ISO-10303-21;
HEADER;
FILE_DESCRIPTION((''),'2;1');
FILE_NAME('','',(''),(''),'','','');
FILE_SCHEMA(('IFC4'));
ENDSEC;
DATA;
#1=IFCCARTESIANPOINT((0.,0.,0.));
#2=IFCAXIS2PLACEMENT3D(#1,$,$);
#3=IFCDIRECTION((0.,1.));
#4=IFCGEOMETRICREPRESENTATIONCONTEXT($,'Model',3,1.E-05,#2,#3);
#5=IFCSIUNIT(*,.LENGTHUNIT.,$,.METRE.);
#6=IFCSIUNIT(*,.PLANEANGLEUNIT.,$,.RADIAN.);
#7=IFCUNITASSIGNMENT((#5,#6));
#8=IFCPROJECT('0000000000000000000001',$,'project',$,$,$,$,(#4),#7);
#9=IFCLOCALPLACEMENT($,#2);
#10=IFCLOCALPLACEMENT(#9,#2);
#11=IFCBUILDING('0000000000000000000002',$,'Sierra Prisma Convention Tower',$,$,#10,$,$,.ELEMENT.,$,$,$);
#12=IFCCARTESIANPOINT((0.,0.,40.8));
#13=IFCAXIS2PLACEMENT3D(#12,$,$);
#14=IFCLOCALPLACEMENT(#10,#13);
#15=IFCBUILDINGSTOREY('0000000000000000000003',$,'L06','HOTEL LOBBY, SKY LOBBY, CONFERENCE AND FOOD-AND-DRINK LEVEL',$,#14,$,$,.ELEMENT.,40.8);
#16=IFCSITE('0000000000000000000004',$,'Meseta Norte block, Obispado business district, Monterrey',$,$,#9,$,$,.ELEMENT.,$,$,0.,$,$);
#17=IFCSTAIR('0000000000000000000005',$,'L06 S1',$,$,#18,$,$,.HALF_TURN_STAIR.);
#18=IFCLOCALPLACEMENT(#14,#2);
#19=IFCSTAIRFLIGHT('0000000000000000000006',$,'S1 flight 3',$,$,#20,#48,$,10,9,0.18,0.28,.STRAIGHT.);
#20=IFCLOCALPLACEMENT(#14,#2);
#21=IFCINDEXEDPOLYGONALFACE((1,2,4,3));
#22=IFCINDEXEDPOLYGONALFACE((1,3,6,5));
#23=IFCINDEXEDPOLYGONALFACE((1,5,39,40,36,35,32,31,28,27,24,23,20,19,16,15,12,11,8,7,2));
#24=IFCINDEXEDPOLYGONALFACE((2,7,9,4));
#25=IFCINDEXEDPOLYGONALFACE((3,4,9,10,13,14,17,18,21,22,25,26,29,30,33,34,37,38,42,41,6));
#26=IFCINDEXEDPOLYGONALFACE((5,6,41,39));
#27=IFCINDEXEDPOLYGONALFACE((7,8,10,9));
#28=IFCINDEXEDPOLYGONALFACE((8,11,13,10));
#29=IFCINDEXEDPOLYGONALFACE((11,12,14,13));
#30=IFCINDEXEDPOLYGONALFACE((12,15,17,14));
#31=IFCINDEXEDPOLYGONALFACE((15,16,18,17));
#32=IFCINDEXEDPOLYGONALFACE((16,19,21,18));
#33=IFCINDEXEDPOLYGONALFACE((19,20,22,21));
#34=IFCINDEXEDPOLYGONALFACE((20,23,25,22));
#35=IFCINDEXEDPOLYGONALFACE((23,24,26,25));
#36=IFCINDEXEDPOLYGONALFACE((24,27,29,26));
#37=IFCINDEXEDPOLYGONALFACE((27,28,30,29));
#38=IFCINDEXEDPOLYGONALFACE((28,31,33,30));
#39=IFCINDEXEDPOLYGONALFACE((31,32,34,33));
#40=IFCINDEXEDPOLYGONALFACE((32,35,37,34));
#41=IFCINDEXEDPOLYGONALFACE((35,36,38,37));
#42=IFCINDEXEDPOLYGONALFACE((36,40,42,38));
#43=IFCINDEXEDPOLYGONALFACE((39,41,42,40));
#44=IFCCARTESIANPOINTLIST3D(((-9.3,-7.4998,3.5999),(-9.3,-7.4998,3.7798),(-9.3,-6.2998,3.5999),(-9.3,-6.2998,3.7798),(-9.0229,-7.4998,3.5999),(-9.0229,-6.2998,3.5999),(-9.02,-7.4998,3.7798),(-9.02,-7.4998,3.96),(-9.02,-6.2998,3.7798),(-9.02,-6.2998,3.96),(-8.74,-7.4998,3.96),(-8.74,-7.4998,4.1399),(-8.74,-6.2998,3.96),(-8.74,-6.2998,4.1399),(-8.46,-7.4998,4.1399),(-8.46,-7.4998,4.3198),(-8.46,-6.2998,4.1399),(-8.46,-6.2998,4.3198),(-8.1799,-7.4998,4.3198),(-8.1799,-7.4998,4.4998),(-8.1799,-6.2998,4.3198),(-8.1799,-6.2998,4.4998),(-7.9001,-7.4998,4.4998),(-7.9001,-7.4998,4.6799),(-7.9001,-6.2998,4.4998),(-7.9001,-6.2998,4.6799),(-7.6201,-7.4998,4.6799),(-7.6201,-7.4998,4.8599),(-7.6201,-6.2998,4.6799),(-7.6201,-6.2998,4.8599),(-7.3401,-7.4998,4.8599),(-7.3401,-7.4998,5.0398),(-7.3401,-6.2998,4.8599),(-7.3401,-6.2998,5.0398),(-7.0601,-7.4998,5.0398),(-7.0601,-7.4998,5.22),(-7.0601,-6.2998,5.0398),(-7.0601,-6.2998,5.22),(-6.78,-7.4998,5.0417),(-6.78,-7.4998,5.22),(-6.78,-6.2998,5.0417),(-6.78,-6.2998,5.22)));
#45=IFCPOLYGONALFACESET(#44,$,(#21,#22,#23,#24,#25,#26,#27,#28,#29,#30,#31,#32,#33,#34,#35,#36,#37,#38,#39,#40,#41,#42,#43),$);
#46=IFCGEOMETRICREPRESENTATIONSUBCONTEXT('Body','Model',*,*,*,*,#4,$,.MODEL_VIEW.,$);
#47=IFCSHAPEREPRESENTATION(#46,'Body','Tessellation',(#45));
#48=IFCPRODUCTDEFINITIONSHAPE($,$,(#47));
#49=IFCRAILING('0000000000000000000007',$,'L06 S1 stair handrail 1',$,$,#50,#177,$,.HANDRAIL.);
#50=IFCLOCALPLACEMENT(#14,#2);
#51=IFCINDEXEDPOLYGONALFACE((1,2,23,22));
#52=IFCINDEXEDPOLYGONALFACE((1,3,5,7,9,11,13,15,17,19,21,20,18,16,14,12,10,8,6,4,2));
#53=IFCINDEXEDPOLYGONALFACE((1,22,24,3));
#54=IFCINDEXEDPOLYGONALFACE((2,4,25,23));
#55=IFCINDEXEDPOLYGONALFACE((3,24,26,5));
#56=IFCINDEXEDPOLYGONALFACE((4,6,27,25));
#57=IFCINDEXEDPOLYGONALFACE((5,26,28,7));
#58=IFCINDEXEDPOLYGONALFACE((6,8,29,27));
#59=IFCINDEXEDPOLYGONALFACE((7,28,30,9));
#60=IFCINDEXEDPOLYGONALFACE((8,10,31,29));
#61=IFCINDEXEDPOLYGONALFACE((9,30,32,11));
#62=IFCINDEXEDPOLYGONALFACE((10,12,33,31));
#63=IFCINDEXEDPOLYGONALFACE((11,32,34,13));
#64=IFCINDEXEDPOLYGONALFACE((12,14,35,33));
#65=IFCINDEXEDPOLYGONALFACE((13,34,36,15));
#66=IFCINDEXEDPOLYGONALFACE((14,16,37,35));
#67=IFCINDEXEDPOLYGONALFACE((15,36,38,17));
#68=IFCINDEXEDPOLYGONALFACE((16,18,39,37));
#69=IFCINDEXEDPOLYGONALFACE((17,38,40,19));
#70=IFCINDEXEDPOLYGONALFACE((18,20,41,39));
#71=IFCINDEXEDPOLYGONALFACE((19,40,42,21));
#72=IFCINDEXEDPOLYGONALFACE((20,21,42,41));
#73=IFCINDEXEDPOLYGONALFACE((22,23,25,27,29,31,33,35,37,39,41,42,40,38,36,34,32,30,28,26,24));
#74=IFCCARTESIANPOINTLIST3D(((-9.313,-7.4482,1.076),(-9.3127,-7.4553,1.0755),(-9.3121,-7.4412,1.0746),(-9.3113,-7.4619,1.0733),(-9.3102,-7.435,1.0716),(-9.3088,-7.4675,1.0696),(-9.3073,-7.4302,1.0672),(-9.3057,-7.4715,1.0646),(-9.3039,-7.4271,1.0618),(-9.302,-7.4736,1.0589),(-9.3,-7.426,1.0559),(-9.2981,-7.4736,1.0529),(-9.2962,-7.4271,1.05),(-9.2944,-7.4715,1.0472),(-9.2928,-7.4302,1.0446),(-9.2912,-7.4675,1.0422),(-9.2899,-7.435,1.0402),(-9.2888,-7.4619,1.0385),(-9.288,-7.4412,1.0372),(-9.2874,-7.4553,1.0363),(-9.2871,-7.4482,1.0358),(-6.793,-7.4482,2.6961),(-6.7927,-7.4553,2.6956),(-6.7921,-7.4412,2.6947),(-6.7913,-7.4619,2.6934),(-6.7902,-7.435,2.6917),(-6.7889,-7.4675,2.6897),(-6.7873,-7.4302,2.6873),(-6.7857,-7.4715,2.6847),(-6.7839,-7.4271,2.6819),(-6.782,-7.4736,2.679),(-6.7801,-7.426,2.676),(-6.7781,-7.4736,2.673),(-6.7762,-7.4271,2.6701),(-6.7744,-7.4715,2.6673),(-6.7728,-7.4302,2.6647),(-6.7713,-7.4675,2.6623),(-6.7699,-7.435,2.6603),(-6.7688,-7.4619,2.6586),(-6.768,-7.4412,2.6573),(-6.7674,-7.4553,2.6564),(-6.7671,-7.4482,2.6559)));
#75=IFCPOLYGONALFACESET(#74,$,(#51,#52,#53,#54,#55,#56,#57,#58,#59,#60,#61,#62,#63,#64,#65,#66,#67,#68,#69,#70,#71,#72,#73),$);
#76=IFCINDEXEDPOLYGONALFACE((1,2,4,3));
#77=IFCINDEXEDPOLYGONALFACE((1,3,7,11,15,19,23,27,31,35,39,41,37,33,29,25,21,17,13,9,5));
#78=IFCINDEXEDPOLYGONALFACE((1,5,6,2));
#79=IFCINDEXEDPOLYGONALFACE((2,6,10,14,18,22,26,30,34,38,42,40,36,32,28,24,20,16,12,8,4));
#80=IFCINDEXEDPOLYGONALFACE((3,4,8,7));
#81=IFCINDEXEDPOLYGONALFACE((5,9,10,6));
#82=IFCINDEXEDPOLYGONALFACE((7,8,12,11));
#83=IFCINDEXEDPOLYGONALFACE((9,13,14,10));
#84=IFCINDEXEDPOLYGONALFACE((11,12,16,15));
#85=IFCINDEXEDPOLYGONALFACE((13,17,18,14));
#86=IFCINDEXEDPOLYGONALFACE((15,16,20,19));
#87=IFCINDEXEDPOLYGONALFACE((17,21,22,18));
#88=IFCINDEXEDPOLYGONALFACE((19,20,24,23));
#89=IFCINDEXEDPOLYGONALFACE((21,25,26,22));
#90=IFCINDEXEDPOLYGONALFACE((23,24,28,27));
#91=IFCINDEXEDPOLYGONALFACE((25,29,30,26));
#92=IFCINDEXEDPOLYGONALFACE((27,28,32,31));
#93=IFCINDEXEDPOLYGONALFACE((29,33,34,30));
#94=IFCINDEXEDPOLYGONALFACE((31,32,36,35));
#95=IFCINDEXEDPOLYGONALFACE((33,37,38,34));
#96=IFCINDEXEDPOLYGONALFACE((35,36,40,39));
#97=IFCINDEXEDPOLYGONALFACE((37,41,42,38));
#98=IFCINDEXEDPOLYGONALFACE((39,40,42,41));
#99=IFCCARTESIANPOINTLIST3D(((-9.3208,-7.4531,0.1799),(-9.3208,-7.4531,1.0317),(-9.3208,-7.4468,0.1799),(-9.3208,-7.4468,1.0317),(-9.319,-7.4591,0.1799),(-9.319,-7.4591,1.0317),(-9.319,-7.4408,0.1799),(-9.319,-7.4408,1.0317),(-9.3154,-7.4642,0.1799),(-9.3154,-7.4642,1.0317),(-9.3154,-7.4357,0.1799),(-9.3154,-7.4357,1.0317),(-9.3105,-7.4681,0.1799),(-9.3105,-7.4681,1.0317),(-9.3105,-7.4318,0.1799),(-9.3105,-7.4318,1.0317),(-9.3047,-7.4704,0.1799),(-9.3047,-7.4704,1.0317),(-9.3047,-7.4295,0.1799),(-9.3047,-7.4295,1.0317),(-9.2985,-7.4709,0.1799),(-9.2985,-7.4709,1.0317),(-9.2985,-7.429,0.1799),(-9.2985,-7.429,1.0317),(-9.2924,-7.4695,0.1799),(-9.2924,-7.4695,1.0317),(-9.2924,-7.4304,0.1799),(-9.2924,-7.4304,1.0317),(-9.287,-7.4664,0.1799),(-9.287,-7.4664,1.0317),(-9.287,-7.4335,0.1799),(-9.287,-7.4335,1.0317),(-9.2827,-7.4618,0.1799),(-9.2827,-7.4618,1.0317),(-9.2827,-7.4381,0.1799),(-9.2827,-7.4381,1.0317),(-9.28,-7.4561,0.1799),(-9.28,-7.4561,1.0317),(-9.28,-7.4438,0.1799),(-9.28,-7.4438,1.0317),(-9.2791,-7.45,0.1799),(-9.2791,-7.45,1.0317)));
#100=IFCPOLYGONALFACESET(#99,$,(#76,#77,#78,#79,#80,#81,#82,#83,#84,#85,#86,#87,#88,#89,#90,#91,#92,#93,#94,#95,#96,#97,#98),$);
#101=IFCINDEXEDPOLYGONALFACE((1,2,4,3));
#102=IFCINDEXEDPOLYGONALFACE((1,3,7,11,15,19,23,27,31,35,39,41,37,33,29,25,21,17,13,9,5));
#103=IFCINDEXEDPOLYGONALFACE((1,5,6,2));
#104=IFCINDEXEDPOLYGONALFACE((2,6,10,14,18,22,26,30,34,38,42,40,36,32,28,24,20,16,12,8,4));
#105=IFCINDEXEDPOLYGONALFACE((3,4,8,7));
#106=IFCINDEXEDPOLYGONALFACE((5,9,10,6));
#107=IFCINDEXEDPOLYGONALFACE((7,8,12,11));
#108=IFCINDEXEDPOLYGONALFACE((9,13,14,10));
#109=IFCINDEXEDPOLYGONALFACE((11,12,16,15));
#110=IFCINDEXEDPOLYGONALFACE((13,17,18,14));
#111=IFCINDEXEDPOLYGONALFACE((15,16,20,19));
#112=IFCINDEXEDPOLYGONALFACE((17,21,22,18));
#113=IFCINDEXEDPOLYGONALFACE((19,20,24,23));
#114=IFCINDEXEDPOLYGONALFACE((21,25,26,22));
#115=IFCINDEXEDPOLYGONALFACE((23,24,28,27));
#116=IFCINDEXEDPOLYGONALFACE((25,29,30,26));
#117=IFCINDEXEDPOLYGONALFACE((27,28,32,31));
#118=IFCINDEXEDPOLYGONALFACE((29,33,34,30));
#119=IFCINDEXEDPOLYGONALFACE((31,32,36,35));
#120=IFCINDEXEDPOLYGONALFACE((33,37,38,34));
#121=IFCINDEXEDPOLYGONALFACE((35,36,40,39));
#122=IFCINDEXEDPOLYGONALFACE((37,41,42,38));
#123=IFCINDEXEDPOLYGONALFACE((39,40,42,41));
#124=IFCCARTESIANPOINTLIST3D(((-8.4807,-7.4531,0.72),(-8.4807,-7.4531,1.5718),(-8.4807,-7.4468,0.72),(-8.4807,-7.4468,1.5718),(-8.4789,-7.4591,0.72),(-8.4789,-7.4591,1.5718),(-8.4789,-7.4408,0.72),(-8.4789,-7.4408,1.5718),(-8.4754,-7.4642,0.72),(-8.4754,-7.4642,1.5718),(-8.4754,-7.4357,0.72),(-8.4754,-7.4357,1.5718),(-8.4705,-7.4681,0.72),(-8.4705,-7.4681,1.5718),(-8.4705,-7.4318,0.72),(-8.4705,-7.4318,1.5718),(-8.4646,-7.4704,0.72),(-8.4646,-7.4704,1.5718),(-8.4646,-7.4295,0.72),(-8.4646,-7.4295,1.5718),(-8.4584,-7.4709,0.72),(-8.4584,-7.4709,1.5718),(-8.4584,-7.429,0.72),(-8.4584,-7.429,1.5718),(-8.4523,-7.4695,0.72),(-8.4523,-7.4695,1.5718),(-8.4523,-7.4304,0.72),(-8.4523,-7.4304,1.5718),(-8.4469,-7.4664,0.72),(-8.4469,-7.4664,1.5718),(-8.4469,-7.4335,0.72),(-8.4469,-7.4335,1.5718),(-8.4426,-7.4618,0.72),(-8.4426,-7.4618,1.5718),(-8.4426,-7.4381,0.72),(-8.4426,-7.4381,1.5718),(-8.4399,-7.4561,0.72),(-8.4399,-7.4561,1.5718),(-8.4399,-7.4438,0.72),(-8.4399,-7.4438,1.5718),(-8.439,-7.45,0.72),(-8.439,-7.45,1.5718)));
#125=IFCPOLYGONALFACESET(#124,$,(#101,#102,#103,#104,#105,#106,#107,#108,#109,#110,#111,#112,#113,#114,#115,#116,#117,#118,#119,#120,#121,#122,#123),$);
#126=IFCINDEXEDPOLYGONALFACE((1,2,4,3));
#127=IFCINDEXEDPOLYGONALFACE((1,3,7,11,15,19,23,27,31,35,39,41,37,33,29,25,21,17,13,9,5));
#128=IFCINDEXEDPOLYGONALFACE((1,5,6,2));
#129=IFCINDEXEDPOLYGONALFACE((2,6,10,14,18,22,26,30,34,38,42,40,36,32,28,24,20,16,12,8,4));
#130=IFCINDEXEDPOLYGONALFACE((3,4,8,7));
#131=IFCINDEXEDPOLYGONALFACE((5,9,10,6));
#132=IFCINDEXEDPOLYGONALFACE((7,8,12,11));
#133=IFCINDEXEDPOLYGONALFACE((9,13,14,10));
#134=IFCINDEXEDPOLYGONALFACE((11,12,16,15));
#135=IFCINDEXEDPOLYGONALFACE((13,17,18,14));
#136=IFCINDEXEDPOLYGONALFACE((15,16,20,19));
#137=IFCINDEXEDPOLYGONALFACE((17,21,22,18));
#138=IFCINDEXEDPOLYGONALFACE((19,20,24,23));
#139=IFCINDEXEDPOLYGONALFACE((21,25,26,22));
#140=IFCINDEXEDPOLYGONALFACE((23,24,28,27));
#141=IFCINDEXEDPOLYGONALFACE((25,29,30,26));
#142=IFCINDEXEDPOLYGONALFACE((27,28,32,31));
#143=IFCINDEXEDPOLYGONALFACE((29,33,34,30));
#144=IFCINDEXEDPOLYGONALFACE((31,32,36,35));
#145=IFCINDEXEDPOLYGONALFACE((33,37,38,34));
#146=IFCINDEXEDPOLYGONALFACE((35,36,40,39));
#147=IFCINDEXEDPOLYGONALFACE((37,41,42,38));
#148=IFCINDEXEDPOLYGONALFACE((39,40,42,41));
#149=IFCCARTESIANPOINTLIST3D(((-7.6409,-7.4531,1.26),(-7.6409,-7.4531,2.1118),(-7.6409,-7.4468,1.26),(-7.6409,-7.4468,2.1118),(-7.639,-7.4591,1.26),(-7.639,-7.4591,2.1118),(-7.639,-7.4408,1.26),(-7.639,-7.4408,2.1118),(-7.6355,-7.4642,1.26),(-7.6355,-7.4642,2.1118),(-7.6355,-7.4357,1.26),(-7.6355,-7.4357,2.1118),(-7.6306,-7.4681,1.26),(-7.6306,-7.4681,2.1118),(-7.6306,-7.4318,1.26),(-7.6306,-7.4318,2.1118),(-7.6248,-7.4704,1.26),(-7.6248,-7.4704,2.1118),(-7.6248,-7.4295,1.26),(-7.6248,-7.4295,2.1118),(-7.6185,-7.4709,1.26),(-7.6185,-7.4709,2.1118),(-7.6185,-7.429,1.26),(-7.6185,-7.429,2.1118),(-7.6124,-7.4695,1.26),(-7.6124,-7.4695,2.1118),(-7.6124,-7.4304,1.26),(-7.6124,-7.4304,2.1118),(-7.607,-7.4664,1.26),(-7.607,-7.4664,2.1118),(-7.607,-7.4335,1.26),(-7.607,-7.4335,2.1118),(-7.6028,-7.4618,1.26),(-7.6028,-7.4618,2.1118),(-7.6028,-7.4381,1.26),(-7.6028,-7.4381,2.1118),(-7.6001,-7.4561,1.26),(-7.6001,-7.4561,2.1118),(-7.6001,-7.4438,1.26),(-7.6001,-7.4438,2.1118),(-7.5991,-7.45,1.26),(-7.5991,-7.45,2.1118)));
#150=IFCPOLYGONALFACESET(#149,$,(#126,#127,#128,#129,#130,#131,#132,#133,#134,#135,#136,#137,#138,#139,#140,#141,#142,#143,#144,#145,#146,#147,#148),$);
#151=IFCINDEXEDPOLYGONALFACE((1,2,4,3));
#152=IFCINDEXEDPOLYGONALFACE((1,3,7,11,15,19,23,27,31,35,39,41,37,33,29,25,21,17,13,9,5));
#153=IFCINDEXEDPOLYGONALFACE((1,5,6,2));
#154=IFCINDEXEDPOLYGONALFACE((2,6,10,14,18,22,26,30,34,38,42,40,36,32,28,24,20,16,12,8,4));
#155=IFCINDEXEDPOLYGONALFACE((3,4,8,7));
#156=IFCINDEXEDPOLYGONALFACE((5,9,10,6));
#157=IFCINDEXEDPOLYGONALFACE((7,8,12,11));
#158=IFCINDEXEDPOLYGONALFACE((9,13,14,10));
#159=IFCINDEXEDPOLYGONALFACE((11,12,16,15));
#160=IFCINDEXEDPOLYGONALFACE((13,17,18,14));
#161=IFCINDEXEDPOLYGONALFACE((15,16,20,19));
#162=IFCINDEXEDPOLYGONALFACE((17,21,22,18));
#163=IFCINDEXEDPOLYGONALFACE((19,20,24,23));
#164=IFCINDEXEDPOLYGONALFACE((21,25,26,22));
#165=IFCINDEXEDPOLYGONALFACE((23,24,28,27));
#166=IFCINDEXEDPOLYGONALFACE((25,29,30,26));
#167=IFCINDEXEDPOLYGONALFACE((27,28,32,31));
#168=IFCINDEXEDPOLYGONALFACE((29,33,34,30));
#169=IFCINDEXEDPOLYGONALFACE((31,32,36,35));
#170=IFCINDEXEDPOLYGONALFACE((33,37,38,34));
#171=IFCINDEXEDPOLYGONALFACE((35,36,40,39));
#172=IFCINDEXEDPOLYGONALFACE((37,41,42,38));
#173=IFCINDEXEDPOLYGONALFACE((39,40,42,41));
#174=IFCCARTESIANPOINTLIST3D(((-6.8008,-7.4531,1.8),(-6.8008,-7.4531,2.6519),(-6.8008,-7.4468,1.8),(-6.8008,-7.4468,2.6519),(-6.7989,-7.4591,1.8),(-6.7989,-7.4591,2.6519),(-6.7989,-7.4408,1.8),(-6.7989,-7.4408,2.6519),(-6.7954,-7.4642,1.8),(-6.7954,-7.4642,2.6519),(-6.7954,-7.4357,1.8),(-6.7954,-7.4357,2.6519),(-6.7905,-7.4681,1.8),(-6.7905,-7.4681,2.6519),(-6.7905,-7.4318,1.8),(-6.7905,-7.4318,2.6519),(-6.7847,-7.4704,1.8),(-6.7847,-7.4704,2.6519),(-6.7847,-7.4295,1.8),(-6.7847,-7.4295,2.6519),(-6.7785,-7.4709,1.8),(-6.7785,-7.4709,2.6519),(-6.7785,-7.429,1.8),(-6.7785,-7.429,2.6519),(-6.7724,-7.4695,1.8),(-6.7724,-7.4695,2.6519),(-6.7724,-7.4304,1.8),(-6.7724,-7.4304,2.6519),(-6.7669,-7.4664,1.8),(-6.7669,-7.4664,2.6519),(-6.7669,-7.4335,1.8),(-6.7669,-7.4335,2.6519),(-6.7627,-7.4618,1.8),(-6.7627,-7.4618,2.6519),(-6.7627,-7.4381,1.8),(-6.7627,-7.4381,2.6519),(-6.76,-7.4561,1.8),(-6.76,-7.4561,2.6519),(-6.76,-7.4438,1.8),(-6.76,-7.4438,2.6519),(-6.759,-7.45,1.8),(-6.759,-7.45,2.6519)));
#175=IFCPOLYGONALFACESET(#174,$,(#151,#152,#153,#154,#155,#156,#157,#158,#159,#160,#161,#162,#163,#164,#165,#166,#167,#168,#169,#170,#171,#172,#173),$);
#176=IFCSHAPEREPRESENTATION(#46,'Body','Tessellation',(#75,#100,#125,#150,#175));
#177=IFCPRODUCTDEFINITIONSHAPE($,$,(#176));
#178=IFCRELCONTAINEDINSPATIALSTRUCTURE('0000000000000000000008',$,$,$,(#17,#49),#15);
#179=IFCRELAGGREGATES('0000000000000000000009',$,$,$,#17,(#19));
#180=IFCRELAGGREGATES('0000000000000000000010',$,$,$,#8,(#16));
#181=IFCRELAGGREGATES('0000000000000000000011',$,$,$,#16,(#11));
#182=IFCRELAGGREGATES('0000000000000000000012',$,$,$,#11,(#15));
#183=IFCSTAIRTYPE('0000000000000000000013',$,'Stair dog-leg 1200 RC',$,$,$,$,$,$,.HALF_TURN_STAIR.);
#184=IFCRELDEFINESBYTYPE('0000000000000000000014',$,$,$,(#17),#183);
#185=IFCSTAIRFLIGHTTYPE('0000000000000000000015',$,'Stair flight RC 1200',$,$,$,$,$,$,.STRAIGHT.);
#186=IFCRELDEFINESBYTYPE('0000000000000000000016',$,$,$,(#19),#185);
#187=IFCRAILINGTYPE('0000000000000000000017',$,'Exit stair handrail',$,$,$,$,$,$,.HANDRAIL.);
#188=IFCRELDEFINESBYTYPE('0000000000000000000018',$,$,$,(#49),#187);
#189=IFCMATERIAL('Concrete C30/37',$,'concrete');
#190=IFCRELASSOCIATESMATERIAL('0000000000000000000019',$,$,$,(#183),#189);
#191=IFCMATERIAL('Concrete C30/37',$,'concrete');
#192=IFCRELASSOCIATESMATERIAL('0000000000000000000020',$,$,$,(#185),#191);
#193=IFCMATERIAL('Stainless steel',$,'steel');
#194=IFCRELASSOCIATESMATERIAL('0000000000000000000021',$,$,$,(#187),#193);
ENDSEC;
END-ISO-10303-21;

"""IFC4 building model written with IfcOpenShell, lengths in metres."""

from ifc_helpers import new_model, si_unit, direction, frame, origin, origin_2d, place, context, subcontext, project, spatial, polyline, circle, outline, extrude, material, type_object, element, aggregate, save


model = new_model("IFC4")

# Units and contexts
model_context = context("Model", 3, precision=1e-05, world=origin(), true_north=direction((0.0, 1.0)))
body_context = subcontext(model_context, "Body", "Model", "MODEL_VIEW")
ifc_project = project(units=[si_unit("LENGTHUNIT", "METRE"), si_unit("PLANEANGLEUNIT", "RADIAN")], contexts=[model_context])

# Site, building, storey
site_placement = place(None, origin())
site = spatial("IfcSite", under=ifc_project, at=site_placement, Name="Meseta Norte block, Obispado business district, Monterrey", CompositionType="ELEMENT", RefElevation=0.0)
building_placement = place(site_placement, origin())
building = spatial("IfcBuilding", under=site, at=building_placement, Name="Sierra Prisma Convention Tower", CompositionType="ELEMENT")
storey_placement = place(building_placement, frame((0.0, 0.0, 40.8)))
storey = spatial("IfcBuildingStorey", under=building, at=storey_placement, Name="L06", Description="HOTEL LOBBY, SKY LOBBY, CONFERENCE AND FOOD-AND-DRINK LEVEL", CompositionType="ELEMENT", Elevation=40.8)

# Stair, stair flight
ifc_material_1 = material(Name="Concrete C30/37", Category="concrete")
stair_type = type_object("IfcStairType", Name="Stair dog-leg 1200 RC", PredefinedType="HALF_TURN_STAIR", material=ifc_material_1)
stair_placement = place(storey_placement, origin())
stair = element("IfcStair", 1, at=stair_placement, inside=storey, type_object=stair_type, Name="L06 S1", PredefinedType="HALF_TURN_STAIR")
ifc_material_2 = material(Name="Concrete C30/37", Category="concrete")
stair_flight_type = type_object("IfcStairFlightType", Name="Stair flight RC 1200", PredefinedType="STRAIGHT", material=ifc_material_2)
stair_flight_1_placement = place(storey_placement, frame((-9.3, -6.8999, 3.5999), z_axis=(0.0, 0.0, 1.0), x_axis=(1.0, 0.0, 0.0)))
stair_flight_1 = element("IfcStairFlight", 2, at=stair_flight_1_placement, type_object=stair_flight_type, Name="S1 flight 3", NumberOfRisers=10, NumberOfTreads=9, PredefinedType="STRAIGHT", RiserHeight=0.18, TreadLength=0.28, context=body_context, shape_type="SweptSolid", body=[
    extrude(outline(polyline([(0.0, 0.0), (0.0, 0.1799), (0.28, 0.1799), (0.28, 0.3601), (0.5601, 0.3601), (0.5601, 0.54), (0.8401, 0.54), (0.8401, 0.72), (1.1201, 0.72), (1.1201, 0.8999), (1.3999, 0.8999), (1.3999, 1.0801), (1.6799, 1.0801), (1.6799, 1.26), (1.96, 1.26), (1.96, 1.4399), (2.24, 1.4399), (2.24, 1.6201), (2.52, 1.6201), (2.52, 1.8), (2.52, 1.4419), (0.2771, 0.0), (0.0, 0.0)])), frame((0.0, 0.6001, 0.0), z_axis=(0.0, -1.0, 0.0), x_axis=(1.0, 0.0, 0.0)), (0.0, 0.0, 1.0), 1.2),
])
aggregate(stair, [stair_flight_1])

# Railing
ifc_material_3 = material(Name="Stainless steel", Category="steel")
railing_type_1 = type_object("IfcRailingType", Name="Exit stair handrail", PredefinedType="HANDRAIL", material=ifc_material_3)
railing_1_placement = place(storey_placement, frame((-9.3, -7.45, 0.1799)))
element("IfcRailing", 3, at=railing_1_placement, inside=storey, type_object=railing_type_1, Name="L06 S1 stair handrail 1", PredefinedType="HANDRAIL", context=body_context, shape_type="SweptSolid", body=[
    extrude(circle(Radius=0.0239, at=origin_2d()), frame((0.0, 0.0, 0.876), z_axis=(0.841163, 0.0, 0.540782), x_axis=(0.0, 1.0, 0.0)), (0.0, 0.0, 1.0), 2.9958),
    extrude(circle(Radius=0.021, at=origin_2d()), origin(), (0.0, 0.0, 1.0), 0.8518),
    extrude(circle(Radius=0.021, at=origin_2d()), frame((0.8401, 0.0, 0.54)), (0.0, 0.0, 1.0), 0.8518),
    extrude(circle(Radius=0.021, at=origin_2d()), frame((1.6799, 0.0, 1.0801)), (0.0, 0.0, 1.0), 0.8518),
    extrude(circle(Radius=0.021, at=origin_2d()), frame((2.52, 0.0, 1.6201)), (0.0, 0.0, 1.0), 0.8518),
])

save(model, "model.ifc")
